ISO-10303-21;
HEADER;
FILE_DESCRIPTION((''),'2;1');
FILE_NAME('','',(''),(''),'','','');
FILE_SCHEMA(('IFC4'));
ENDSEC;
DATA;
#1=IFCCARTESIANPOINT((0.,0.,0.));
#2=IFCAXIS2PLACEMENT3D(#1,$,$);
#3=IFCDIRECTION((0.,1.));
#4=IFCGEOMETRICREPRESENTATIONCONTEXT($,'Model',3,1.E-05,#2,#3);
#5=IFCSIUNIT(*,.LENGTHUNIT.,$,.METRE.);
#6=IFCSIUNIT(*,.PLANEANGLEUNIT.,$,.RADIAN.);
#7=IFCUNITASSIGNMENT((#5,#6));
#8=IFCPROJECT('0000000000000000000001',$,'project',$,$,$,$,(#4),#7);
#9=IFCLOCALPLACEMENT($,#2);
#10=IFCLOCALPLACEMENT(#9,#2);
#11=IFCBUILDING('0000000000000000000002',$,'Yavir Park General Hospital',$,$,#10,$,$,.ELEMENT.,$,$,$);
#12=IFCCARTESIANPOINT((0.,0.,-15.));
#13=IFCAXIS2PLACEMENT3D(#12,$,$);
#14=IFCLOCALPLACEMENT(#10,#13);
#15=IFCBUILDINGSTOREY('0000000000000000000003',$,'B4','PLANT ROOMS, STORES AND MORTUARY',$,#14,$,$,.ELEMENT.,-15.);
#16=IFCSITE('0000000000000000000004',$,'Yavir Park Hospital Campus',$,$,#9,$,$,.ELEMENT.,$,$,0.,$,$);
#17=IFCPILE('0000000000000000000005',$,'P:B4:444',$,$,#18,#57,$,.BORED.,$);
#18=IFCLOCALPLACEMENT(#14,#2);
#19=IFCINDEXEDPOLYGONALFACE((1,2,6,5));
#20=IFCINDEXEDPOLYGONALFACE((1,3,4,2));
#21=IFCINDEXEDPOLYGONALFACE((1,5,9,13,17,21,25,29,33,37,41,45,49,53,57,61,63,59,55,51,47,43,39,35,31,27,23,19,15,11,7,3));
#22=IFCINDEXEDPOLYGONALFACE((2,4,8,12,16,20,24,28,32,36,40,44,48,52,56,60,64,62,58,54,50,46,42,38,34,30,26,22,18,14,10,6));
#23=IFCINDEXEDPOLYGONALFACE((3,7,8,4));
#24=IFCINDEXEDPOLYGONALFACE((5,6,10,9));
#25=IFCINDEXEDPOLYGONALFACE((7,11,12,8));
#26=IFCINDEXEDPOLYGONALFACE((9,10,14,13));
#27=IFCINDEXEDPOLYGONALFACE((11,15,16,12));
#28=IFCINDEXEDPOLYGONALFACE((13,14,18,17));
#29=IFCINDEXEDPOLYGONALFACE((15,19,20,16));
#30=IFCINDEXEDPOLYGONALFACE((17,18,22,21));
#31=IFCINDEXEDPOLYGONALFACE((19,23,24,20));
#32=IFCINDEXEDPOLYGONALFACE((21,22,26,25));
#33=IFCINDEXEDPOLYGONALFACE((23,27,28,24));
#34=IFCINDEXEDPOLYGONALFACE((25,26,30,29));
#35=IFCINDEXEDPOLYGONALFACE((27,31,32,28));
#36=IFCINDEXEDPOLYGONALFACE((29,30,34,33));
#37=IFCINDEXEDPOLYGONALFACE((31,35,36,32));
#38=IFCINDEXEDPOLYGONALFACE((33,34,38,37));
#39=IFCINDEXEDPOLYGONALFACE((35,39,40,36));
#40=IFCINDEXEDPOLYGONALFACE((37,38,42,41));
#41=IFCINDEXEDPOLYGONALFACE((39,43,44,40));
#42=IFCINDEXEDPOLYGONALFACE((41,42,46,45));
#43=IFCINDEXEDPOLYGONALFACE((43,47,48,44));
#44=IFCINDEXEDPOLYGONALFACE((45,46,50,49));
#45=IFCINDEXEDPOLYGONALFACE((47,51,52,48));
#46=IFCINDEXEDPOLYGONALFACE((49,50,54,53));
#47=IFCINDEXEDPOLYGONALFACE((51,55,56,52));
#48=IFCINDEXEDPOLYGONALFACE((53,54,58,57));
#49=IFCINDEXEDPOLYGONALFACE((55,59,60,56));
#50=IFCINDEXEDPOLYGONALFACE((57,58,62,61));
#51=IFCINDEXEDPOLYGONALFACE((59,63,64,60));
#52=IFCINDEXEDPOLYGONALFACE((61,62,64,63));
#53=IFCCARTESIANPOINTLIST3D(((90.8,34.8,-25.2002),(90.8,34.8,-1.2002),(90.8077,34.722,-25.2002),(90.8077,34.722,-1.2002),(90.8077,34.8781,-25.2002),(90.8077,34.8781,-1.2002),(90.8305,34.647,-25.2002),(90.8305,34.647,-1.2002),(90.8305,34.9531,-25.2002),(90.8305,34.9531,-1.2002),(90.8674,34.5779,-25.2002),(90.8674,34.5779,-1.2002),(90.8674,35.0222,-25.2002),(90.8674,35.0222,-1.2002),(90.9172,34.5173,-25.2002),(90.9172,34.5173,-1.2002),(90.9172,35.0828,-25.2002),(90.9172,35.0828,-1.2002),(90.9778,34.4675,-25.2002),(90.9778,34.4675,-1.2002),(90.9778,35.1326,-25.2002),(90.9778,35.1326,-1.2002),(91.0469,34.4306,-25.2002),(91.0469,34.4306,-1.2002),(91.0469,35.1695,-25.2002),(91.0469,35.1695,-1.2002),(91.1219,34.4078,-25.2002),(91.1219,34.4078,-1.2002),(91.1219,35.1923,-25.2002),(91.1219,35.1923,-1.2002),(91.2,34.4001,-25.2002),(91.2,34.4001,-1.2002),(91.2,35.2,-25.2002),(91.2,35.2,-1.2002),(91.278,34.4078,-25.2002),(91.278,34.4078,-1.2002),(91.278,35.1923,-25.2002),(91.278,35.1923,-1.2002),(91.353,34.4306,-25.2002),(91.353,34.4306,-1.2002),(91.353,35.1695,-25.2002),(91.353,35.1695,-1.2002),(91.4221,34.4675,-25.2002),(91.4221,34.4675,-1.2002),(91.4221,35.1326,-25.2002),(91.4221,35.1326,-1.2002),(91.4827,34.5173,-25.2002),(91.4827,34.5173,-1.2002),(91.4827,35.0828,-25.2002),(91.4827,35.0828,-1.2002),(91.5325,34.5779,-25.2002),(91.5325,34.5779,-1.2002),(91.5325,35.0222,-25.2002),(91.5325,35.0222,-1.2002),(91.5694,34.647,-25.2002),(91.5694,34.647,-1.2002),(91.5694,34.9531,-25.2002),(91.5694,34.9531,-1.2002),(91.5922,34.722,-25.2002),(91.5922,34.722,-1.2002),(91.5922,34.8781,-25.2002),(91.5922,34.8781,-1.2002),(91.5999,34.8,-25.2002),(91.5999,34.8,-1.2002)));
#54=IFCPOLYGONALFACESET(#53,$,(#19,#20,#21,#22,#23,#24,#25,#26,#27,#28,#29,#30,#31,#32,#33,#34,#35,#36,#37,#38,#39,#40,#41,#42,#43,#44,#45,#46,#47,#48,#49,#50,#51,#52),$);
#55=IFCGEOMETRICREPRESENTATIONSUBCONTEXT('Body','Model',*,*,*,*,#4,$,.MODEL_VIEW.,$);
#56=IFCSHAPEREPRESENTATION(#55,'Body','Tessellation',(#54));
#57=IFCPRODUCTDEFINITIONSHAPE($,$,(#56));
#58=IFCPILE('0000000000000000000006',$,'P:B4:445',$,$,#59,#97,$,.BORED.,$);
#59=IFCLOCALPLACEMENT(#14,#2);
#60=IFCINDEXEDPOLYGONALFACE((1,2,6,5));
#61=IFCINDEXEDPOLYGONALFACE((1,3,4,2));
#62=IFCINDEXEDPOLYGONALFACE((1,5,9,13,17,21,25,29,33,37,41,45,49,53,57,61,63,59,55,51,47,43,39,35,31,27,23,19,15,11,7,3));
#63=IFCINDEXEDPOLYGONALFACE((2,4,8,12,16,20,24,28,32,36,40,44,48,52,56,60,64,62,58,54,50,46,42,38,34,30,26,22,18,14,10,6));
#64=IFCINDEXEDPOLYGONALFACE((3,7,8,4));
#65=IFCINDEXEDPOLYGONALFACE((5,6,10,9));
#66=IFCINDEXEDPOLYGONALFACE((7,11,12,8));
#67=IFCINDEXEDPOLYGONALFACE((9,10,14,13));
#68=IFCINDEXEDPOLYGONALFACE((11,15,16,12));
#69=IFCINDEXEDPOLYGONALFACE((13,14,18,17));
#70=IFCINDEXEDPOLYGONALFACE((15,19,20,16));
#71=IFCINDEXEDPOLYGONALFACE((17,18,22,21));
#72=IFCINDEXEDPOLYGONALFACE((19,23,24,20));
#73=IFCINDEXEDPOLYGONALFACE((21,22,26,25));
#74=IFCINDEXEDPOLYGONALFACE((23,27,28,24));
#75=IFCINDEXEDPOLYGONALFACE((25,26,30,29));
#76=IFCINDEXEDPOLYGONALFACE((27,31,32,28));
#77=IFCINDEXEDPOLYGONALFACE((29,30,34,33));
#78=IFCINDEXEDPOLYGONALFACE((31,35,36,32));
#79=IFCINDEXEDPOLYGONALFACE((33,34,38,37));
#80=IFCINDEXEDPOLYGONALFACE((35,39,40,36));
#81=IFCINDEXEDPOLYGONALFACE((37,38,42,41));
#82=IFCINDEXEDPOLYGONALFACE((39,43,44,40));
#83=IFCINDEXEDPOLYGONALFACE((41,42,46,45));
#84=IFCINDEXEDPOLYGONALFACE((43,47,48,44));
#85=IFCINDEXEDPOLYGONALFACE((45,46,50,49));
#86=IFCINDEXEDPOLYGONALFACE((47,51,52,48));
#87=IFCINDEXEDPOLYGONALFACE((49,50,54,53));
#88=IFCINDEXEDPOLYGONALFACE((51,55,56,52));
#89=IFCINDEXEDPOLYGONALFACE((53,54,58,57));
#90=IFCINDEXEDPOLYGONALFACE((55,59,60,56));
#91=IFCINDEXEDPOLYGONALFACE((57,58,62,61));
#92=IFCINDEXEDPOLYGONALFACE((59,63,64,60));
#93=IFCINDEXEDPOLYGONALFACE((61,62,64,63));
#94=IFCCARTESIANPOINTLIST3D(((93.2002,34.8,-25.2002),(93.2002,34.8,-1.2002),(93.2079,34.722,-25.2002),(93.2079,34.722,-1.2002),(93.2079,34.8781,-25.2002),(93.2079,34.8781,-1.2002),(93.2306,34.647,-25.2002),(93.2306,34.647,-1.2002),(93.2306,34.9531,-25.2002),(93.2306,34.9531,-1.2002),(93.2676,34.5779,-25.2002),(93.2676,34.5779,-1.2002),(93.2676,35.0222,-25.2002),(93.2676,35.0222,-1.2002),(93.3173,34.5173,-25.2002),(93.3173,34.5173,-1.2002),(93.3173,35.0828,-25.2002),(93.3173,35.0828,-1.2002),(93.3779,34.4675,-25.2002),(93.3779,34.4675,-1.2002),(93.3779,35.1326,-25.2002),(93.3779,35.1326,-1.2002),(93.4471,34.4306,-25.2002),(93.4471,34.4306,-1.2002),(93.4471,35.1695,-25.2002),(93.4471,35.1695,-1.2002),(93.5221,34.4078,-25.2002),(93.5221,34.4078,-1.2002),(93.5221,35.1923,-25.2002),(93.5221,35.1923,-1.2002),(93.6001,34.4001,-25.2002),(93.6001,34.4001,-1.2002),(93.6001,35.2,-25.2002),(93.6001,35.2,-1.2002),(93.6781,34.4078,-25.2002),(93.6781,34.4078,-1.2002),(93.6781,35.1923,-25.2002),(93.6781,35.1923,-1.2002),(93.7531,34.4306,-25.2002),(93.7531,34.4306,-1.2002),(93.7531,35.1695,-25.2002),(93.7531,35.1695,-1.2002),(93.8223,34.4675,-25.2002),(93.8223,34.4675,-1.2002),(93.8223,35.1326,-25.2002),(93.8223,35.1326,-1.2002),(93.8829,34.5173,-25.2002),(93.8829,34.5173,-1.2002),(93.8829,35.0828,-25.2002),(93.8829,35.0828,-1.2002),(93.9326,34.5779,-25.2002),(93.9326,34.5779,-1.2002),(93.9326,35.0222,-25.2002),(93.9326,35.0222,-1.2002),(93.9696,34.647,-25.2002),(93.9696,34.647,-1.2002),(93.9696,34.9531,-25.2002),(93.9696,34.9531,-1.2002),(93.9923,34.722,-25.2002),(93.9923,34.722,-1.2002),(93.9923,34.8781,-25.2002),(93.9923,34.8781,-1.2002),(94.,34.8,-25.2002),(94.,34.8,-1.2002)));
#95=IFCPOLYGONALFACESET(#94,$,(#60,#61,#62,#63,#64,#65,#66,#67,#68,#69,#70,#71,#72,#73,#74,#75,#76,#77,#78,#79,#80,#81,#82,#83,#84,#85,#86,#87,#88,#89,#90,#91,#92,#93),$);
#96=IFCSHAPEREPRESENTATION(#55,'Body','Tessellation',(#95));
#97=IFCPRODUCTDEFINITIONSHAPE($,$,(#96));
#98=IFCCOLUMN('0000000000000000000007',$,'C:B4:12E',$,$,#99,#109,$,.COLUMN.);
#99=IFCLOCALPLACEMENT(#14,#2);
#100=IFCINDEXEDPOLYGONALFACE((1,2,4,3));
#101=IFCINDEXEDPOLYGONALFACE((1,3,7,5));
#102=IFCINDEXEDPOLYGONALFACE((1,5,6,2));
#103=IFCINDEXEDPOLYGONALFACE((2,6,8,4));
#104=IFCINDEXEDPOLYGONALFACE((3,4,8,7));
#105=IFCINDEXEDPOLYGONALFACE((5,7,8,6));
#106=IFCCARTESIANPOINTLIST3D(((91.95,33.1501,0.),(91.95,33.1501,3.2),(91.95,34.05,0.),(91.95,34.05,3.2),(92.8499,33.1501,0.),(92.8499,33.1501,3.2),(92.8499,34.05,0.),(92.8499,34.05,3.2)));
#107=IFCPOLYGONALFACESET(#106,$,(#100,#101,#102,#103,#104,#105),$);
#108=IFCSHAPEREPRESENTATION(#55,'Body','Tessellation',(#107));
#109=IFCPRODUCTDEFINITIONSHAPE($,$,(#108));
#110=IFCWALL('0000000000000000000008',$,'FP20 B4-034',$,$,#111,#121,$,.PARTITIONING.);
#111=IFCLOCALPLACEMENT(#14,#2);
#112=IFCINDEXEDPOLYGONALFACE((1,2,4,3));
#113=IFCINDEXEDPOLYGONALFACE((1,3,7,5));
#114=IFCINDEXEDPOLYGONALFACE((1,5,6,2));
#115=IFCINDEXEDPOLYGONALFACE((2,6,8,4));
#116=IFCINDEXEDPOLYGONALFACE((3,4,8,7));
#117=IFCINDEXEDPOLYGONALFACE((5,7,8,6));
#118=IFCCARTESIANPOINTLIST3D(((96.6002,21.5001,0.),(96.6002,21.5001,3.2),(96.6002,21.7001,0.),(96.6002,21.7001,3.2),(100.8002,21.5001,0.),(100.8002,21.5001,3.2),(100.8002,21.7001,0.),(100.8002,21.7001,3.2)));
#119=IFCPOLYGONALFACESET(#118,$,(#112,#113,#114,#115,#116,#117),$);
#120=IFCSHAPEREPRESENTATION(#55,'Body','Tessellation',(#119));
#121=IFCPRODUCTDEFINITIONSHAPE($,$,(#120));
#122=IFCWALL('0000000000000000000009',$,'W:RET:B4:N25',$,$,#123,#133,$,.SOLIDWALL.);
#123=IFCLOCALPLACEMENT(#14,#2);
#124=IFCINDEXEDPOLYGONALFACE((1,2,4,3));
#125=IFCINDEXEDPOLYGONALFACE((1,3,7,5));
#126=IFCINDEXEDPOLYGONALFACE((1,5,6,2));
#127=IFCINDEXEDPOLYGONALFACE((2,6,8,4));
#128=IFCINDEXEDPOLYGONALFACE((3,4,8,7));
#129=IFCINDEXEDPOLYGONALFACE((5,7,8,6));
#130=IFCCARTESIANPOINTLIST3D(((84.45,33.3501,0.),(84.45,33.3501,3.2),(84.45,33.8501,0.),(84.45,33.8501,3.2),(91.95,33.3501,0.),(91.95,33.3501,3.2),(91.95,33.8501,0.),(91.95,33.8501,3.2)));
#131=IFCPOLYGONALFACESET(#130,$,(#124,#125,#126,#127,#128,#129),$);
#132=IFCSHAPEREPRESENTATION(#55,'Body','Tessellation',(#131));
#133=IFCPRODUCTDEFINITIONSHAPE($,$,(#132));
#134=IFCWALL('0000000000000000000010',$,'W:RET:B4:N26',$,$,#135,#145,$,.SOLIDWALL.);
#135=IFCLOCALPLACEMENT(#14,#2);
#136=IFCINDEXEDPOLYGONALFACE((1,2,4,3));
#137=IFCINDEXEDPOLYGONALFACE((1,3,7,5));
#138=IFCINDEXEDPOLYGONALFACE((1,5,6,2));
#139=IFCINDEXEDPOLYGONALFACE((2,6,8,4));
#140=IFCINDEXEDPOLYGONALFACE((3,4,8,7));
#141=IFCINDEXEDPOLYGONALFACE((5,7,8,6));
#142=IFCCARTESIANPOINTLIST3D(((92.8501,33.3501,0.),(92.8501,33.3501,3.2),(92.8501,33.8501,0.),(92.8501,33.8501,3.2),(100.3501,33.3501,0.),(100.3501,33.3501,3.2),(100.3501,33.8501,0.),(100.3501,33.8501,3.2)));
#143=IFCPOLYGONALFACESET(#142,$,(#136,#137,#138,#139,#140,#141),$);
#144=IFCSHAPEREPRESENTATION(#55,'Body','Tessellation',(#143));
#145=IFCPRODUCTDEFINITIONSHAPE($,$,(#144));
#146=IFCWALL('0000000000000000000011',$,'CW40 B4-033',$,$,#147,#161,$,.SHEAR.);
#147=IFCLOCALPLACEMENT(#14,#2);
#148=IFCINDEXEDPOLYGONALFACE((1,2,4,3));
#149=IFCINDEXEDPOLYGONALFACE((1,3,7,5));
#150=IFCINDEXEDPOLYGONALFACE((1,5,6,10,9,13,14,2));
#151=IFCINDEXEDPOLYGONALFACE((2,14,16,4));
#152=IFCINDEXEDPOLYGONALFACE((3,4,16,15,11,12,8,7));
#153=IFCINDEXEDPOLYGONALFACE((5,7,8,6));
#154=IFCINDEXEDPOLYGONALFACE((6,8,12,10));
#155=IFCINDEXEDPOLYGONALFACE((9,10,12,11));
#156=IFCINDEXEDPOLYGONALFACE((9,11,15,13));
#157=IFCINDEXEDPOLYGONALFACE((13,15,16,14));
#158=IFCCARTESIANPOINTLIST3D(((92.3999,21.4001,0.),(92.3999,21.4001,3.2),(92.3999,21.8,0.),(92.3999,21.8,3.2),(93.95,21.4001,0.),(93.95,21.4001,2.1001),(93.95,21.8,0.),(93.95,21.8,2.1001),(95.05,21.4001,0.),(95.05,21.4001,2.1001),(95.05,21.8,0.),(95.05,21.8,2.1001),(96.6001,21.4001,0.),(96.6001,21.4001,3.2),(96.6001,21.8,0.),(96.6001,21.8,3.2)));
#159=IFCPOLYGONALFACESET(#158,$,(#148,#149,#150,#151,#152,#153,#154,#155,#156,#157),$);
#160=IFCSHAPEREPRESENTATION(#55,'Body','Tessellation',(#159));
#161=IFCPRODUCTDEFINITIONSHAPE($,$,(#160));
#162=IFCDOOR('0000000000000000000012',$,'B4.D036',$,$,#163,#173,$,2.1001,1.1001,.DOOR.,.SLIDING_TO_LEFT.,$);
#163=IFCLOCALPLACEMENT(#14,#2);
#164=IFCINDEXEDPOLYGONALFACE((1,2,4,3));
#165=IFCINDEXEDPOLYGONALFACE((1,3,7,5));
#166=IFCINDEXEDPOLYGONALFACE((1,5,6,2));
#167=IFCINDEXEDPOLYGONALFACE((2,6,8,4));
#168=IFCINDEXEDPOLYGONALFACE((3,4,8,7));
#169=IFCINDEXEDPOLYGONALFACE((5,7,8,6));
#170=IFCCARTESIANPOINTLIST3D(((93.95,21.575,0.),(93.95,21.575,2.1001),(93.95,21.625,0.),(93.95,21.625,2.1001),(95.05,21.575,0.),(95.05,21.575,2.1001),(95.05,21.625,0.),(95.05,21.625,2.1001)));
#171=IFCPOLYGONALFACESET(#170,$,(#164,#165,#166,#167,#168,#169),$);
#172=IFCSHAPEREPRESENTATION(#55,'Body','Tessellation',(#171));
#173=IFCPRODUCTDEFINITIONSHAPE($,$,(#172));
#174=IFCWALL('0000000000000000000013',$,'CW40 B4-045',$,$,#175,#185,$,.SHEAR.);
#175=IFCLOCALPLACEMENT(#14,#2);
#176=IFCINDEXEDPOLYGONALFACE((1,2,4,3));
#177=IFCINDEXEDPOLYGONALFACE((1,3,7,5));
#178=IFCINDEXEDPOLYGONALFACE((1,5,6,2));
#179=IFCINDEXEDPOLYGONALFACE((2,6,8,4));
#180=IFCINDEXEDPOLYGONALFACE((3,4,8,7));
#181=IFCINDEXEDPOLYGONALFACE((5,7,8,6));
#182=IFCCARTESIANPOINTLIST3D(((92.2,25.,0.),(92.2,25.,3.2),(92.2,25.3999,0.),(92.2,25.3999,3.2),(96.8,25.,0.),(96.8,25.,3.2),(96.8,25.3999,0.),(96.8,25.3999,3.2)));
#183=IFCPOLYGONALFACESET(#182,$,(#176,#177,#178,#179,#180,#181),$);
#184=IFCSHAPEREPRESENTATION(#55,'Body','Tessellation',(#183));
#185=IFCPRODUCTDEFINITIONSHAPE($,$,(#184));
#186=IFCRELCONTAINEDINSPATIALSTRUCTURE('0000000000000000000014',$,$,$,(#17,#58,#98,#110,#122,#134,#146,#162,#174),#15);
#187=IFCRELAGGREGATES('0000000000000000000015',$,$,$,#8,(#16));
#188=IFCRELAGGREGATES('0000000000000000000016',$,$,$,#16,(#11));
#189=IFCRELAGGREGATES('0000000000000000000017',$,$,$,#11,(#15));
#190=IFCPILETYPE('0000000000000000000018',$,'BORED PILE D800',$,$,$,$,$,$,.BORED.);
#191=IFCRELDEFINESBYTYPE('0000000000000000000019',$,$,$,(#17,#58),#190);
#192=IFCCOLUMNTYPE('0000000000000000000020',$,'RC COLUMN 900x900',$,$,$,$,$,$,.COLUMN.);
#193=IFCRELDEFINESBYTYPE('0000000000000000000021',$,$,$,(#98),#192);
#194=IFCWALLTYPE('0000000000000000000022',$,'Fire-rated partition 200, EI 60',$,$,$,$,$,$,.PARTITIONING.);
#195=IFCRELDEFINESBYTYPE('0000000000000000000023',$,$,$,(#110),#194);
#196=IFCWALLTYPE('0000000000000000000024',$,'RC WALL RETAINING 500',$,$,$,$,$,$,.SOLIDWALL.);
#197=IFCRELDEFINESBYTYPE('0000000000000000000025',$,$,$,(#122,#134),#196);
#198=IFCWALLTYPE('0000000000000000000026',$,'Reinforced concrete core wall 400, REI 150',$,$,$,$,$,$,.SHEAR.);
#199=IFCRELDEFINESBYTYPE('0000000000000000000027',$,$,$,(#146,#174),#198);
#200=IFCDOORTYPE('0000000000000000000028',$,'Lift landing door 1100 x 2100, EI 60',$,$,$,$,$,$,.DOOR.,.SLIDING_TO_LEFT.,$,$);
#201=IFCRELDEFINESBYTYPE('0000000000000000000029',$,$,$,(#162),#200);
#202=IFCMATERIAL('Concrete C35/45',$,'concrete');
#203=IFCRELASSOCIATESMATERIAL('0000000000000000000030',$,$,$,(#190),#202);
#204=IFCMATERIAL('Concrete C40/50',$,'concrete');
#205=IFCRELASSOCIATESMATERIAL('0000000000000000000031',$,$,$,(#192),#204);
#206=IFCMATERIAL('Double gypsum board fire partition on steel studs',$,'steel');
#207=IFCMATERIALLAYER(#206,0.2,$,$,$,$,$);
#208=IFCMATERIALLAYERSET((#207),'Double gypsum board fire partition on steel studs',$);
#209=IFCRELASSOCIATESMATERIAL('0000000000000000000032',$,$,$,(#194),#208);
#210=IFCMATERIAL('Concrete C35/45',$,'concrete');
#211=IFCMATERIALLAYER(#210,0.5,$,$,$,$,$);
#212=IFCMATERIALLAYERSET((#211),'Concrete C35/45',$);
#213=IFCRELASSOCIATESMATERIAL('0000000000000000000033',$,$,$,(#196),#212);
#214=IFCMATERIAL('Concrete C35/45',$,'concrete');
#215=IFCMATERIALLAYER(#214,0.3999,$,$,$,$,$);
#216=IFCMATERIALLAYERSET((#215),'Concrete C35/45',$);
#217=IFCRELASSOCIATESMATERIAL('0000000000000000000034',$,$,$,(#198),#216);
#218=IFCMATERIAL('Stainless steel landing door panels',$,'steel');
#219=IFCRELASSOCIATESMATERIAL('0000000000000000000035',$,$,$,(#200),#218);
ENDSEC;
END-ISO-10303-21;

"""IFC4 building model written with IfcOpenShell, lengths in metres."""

from ifc_helpers import new_model, si_unit, direction, frame, frame_2d, origin, origin_2d, place, context, subcontext, project, spatial, rectangle, circle, extrude, material, layer, layer_set, material_profile, profile_set, type_object, element, fill, save


model = new_model("IFC4")

# Units and contexts
model_context = context("Model", 3, precision=1e-05, world=origin(), true_north=direction((0.0, 1.0)))
body_context = subcontext(model_context, "Body", "Model", "MODEL_VIEW")
ifc_project = project(units=[si_unit("LENGTHUNIT", "METRE"), si_unit("PLANEANGLEUNIT", "RADIAN")], contexts=[model_context])

# Site, building, storey
site_placement = place(None, origin())
site = spatial("IfcSite", under=ifc_project, at=site_placement, Name="Yavir Park Hospital Campus", CompositionType="ELEMENT", RefElevation=0.0)
building_placement = place(site_placement, origin())
building = spatial("IfcBuilding", under=site, at=building_placement, Name="Yavir Park General Hospital", CompositionType="ELEMENT")
storey_placement = place(building_placement, frame((0.0, 0.0, -15.0)))
storey = spatial("IfcBuildingStorey", under=building, at=storey_placement, Name="B4", Description="PLANT ROOMS, STORES AND MORTUARY", CompositionType="ELEMENT", Elevation=-15.0)

# Piles
ifc_material_1 = material(Name="Concrete C35/45", Category="concrete")
ifc_material_profile_1 = material_profile(ifc_material_1, circle(Radius=0.3999, at=origin_2d()), Name="D800")
ifc_profile_set_1 = profile_set([ifc_material_profile_1], Name="Concrete C35/45")
pile_type_1 = type_object("IfcPileType", Name="BORED PILE D800", PredefinedType="BORED", material=ifc_profile_set_1)
for number, where, z_axis, x_axis, name in (
    (1, (91.2, 34.8, -1.2002), (0.0, 0.0, -1.0), (1.0, 0.0, 0.0), "P:B4:444"),
    (2, (93.6001, 34.8, -1.2002), (0.0, 0.0, -1.0), (1.0, 0.0, 0.0), "P:B4:445"),
):
    element("IfcPile", number, at=place(storey_placement, frame(where, z_axis=z_axis, x_axis=x_axis)), inside=storey, type_object=pile_type_1, Name=name, PredefinedType="BORED", context=body_context, shape_type="SweptSolid", body=[
        extrude(circle(Radius=0.3999, at=origin_2d()), origin(), (0.0, 0.0, 1.0), 24.0),
    ])

# Column
ifc_material_2 = material(Name="Concrete C40/50", Category="concrete")
ifc_material_profile_2 = material_profile(ifc_material_2, rectangle(XDim=0.8999, YDim=0.8999, at=origin_2d()), Name="RC900x900")
ifc_profile_set_2 = profile_set([ifc_material_profile_2], Name="Concrete C40/50")
column_type = type_object("IfcColumnType", Name="RC COLUMN 900x900", PredefinedType="COLUMN", material=ifc_profile_set_2)
column_placement = place(storey_placement, frame((92.3999, 33.6001, 0.0), z_axis=(0.0, 0.0, 1.0), x_axis=(1.0, 0.0, 0.0)))
element("IfcColumn", 3, at=column_placement, inside=storey, type_object=column_type, Name="C:B4:12E", PredefinedType="COLUMN", context=body_context, shape_type="SweptSolid", body=[
    extrude(rectangle(XDim=0.8999, YDim=0.8999, at=origin_2d()), origin(), (0.0, 0.0, 1.0), 3.2),
])

# Walls
ifc_material_3 = material(Name="Double gypsum board fire partition on steel studs", Category="steel")
ifc_layer_1 = layer(ifc_material_3, 0.2)
ifc_layer_set_1 = layer_set([ifc_layer_1], Name="Double gypsum board fire partition on steel studs")
wall_type_1 = type_object("IfcWallType", Name="Fire-rated partition 200, EI 60", PredefinedType="PARTITIONING", material=ifc_layer_set_1)
wall_1_placement = place(storey_placement, frame((96.6001, 21.6001, 0.0), z_axis=(0.0, 0.0, 1.0), x_axis=(1.0, 0.0, 0.0)))
element("IfcWall", 4, at=wall_1_placement, inside=storey, type_object=wall_type_1, Name="FP20 B4-034", PredefinedType="PARTITIONING", context=body_context, shape_type="SweptSolid", body=[
    extrude(rectangle(XDim=4.2, YDim=0.2, at=frame_2d((2.1001, 0.0))), origin(), (0.0, 0.0, 1.0), 3.2),
])
ifc_material_4 = material(Name="Concrete C35/45", Category="concrete")
ifc_layer_2 = layer(ifc_material_4, 0.5)
ifc_layer_set_2 = layer_set([ifc_layer_2], Name="Concrete C35/45")
wall_type_2 = type_object("IfcWallType", Name="RC WALL RETAINING 500", PredefinedType="SOLIDWALL", material=ifc_layer_set_2)
for number, where, z_axis, x_axis, name in (
    (5, (84.45, 33.6001, 0.0), (0.0, 0.0, 1.0), (1.0, 0.0, 0.0), "W:RET:B4:N25"),
    (6, (92.8501, 33.6001, 0.0), (0.0, 0.0, 1.0), (1.0, 0.0, 0.0), "W:RET:B4:N26"),
):
    element("IfcWall", number, at=place(storey_placement, frame(where, z_axis=z_axis, x_axis=x_axis)), inside=storey, type_object=wall_type_2, Name=name, PredefinedType="SOLIDWALL", context=body_context, shape_type="SweptSolid", body=[
        extrude(rectangle(XDim=7.5, YDim=0.5, at=frame_2d((3.75, 0.0))), origin(), (0.0, 0.0, 1.0), 3.2),
    ])

# Wall, opening, door
ifc_material_5 = material(Name="Concrete C35/45", Category="concrete")
ifc_layer_3 = layer(ifc_material_5, 0.3999)
ifc_layer_set_3 = layer_set([ifc_layer_3], Name="Concrete C35/45")
wall_type_3 = type_object("IfcWallType", Name="Reinforced concrete core wall 400, REI 150", PredefinedType="SHEAR", material=ifc_layer_set_3)
wall_2_placement = place(storey_placement, frame((92.3999, 21.6001, 0.0), z_axis=(0.0, 0.0, 1.0), x_axis=(1.0, 0.0, 0.0)))
wall_2 = element("IfcWall", 7, at=wall_2_placement, inside=storey, type_object=wall_type_3, Name="CW40 B4-033", PredefinedType="SHEAR", context=body_context, shape_type="SweptSolid", body=[
    extrude(rectangle(XDim=4.2002, YDim=0.3999, at=frame_2d((2.1001, 0.0))), origin(), (0.0, 0.0, 1.0), 3.2),
])
opening_placement = place(wall_2_placement, frame((1.55, 0.0, 0.0)))
opening = element("IfcOpeningElement", 8, at=opening_placement, cuts=wall_2, PredefinedType="OPENING", context=body_context, shape_type="SweptSolid", body=[
    extrude(rectangle(XDim=1.1001, YDim=2.1001, at=frame_2d((0.55, 1.05))), frame((0.0, 0.21, 0.0), z_axis=(0.0, -1.0, 0.0), x_axis=(1.0, 0.0, 0.0)), (0.0, 0.0, 1.0), 0.4199),
])
ifc_material_6 = material(Name="Stainless steel landing door panels", Category="steel")
door_type = type_object("IfcDoorType", Name="Lift landing door 1100 x 2100, EI 60", OperationType="SLIDING_TO_LEFT", PredefinedType="DOOR", material=ifc_material_6)
door_placement = place(opening_placement, origin())
door = element("IfcDoor", 9, at=door_placement, inside=storey, type_object=door_type, Name="B4.D036", OperationType="SLIDING_TO_LEFT", OverallHeight=2.1001, OverallWidth=1.1001, PredefinedType="DOOR", context=body_context, shape_type="SweptSolid", body=[
    extrude(rectangle(XDim=1.1001, YDim=2.1001, at=frame_2d((0.55, 1.05))), frame((0.0, 0.0249, 0.0), z_axis=(0.0, -1.0, 0.0), x_axis=(1.0, 0.0, 0.0)), (0.0, 0.0, 1.0), 0.05),
])
fill(opening, door)

# Wall
wall_3_placement = place(storey_placement, frame((92.2, 25.2, 0.0), z_axis=(0.0, 0.0, 1.0), x_axis=(1.0, 0.0, 0.0)))
element("IfcWall", 10, at=wall_3_placement, inside=storey, type_object=wall_type_3, Name="CW40 B4-045", PredefinedType="SHEAR", context=body_context, shape_type="SweptSolid", body=[
    extrude(rectangle(XDim=4.6001, YDim=0.3999, at=frame_2d((2.3, 0.0))), origin(), (0.0, 0.0, 1.0), 3.2),
])

save(model, "model.ifc")
